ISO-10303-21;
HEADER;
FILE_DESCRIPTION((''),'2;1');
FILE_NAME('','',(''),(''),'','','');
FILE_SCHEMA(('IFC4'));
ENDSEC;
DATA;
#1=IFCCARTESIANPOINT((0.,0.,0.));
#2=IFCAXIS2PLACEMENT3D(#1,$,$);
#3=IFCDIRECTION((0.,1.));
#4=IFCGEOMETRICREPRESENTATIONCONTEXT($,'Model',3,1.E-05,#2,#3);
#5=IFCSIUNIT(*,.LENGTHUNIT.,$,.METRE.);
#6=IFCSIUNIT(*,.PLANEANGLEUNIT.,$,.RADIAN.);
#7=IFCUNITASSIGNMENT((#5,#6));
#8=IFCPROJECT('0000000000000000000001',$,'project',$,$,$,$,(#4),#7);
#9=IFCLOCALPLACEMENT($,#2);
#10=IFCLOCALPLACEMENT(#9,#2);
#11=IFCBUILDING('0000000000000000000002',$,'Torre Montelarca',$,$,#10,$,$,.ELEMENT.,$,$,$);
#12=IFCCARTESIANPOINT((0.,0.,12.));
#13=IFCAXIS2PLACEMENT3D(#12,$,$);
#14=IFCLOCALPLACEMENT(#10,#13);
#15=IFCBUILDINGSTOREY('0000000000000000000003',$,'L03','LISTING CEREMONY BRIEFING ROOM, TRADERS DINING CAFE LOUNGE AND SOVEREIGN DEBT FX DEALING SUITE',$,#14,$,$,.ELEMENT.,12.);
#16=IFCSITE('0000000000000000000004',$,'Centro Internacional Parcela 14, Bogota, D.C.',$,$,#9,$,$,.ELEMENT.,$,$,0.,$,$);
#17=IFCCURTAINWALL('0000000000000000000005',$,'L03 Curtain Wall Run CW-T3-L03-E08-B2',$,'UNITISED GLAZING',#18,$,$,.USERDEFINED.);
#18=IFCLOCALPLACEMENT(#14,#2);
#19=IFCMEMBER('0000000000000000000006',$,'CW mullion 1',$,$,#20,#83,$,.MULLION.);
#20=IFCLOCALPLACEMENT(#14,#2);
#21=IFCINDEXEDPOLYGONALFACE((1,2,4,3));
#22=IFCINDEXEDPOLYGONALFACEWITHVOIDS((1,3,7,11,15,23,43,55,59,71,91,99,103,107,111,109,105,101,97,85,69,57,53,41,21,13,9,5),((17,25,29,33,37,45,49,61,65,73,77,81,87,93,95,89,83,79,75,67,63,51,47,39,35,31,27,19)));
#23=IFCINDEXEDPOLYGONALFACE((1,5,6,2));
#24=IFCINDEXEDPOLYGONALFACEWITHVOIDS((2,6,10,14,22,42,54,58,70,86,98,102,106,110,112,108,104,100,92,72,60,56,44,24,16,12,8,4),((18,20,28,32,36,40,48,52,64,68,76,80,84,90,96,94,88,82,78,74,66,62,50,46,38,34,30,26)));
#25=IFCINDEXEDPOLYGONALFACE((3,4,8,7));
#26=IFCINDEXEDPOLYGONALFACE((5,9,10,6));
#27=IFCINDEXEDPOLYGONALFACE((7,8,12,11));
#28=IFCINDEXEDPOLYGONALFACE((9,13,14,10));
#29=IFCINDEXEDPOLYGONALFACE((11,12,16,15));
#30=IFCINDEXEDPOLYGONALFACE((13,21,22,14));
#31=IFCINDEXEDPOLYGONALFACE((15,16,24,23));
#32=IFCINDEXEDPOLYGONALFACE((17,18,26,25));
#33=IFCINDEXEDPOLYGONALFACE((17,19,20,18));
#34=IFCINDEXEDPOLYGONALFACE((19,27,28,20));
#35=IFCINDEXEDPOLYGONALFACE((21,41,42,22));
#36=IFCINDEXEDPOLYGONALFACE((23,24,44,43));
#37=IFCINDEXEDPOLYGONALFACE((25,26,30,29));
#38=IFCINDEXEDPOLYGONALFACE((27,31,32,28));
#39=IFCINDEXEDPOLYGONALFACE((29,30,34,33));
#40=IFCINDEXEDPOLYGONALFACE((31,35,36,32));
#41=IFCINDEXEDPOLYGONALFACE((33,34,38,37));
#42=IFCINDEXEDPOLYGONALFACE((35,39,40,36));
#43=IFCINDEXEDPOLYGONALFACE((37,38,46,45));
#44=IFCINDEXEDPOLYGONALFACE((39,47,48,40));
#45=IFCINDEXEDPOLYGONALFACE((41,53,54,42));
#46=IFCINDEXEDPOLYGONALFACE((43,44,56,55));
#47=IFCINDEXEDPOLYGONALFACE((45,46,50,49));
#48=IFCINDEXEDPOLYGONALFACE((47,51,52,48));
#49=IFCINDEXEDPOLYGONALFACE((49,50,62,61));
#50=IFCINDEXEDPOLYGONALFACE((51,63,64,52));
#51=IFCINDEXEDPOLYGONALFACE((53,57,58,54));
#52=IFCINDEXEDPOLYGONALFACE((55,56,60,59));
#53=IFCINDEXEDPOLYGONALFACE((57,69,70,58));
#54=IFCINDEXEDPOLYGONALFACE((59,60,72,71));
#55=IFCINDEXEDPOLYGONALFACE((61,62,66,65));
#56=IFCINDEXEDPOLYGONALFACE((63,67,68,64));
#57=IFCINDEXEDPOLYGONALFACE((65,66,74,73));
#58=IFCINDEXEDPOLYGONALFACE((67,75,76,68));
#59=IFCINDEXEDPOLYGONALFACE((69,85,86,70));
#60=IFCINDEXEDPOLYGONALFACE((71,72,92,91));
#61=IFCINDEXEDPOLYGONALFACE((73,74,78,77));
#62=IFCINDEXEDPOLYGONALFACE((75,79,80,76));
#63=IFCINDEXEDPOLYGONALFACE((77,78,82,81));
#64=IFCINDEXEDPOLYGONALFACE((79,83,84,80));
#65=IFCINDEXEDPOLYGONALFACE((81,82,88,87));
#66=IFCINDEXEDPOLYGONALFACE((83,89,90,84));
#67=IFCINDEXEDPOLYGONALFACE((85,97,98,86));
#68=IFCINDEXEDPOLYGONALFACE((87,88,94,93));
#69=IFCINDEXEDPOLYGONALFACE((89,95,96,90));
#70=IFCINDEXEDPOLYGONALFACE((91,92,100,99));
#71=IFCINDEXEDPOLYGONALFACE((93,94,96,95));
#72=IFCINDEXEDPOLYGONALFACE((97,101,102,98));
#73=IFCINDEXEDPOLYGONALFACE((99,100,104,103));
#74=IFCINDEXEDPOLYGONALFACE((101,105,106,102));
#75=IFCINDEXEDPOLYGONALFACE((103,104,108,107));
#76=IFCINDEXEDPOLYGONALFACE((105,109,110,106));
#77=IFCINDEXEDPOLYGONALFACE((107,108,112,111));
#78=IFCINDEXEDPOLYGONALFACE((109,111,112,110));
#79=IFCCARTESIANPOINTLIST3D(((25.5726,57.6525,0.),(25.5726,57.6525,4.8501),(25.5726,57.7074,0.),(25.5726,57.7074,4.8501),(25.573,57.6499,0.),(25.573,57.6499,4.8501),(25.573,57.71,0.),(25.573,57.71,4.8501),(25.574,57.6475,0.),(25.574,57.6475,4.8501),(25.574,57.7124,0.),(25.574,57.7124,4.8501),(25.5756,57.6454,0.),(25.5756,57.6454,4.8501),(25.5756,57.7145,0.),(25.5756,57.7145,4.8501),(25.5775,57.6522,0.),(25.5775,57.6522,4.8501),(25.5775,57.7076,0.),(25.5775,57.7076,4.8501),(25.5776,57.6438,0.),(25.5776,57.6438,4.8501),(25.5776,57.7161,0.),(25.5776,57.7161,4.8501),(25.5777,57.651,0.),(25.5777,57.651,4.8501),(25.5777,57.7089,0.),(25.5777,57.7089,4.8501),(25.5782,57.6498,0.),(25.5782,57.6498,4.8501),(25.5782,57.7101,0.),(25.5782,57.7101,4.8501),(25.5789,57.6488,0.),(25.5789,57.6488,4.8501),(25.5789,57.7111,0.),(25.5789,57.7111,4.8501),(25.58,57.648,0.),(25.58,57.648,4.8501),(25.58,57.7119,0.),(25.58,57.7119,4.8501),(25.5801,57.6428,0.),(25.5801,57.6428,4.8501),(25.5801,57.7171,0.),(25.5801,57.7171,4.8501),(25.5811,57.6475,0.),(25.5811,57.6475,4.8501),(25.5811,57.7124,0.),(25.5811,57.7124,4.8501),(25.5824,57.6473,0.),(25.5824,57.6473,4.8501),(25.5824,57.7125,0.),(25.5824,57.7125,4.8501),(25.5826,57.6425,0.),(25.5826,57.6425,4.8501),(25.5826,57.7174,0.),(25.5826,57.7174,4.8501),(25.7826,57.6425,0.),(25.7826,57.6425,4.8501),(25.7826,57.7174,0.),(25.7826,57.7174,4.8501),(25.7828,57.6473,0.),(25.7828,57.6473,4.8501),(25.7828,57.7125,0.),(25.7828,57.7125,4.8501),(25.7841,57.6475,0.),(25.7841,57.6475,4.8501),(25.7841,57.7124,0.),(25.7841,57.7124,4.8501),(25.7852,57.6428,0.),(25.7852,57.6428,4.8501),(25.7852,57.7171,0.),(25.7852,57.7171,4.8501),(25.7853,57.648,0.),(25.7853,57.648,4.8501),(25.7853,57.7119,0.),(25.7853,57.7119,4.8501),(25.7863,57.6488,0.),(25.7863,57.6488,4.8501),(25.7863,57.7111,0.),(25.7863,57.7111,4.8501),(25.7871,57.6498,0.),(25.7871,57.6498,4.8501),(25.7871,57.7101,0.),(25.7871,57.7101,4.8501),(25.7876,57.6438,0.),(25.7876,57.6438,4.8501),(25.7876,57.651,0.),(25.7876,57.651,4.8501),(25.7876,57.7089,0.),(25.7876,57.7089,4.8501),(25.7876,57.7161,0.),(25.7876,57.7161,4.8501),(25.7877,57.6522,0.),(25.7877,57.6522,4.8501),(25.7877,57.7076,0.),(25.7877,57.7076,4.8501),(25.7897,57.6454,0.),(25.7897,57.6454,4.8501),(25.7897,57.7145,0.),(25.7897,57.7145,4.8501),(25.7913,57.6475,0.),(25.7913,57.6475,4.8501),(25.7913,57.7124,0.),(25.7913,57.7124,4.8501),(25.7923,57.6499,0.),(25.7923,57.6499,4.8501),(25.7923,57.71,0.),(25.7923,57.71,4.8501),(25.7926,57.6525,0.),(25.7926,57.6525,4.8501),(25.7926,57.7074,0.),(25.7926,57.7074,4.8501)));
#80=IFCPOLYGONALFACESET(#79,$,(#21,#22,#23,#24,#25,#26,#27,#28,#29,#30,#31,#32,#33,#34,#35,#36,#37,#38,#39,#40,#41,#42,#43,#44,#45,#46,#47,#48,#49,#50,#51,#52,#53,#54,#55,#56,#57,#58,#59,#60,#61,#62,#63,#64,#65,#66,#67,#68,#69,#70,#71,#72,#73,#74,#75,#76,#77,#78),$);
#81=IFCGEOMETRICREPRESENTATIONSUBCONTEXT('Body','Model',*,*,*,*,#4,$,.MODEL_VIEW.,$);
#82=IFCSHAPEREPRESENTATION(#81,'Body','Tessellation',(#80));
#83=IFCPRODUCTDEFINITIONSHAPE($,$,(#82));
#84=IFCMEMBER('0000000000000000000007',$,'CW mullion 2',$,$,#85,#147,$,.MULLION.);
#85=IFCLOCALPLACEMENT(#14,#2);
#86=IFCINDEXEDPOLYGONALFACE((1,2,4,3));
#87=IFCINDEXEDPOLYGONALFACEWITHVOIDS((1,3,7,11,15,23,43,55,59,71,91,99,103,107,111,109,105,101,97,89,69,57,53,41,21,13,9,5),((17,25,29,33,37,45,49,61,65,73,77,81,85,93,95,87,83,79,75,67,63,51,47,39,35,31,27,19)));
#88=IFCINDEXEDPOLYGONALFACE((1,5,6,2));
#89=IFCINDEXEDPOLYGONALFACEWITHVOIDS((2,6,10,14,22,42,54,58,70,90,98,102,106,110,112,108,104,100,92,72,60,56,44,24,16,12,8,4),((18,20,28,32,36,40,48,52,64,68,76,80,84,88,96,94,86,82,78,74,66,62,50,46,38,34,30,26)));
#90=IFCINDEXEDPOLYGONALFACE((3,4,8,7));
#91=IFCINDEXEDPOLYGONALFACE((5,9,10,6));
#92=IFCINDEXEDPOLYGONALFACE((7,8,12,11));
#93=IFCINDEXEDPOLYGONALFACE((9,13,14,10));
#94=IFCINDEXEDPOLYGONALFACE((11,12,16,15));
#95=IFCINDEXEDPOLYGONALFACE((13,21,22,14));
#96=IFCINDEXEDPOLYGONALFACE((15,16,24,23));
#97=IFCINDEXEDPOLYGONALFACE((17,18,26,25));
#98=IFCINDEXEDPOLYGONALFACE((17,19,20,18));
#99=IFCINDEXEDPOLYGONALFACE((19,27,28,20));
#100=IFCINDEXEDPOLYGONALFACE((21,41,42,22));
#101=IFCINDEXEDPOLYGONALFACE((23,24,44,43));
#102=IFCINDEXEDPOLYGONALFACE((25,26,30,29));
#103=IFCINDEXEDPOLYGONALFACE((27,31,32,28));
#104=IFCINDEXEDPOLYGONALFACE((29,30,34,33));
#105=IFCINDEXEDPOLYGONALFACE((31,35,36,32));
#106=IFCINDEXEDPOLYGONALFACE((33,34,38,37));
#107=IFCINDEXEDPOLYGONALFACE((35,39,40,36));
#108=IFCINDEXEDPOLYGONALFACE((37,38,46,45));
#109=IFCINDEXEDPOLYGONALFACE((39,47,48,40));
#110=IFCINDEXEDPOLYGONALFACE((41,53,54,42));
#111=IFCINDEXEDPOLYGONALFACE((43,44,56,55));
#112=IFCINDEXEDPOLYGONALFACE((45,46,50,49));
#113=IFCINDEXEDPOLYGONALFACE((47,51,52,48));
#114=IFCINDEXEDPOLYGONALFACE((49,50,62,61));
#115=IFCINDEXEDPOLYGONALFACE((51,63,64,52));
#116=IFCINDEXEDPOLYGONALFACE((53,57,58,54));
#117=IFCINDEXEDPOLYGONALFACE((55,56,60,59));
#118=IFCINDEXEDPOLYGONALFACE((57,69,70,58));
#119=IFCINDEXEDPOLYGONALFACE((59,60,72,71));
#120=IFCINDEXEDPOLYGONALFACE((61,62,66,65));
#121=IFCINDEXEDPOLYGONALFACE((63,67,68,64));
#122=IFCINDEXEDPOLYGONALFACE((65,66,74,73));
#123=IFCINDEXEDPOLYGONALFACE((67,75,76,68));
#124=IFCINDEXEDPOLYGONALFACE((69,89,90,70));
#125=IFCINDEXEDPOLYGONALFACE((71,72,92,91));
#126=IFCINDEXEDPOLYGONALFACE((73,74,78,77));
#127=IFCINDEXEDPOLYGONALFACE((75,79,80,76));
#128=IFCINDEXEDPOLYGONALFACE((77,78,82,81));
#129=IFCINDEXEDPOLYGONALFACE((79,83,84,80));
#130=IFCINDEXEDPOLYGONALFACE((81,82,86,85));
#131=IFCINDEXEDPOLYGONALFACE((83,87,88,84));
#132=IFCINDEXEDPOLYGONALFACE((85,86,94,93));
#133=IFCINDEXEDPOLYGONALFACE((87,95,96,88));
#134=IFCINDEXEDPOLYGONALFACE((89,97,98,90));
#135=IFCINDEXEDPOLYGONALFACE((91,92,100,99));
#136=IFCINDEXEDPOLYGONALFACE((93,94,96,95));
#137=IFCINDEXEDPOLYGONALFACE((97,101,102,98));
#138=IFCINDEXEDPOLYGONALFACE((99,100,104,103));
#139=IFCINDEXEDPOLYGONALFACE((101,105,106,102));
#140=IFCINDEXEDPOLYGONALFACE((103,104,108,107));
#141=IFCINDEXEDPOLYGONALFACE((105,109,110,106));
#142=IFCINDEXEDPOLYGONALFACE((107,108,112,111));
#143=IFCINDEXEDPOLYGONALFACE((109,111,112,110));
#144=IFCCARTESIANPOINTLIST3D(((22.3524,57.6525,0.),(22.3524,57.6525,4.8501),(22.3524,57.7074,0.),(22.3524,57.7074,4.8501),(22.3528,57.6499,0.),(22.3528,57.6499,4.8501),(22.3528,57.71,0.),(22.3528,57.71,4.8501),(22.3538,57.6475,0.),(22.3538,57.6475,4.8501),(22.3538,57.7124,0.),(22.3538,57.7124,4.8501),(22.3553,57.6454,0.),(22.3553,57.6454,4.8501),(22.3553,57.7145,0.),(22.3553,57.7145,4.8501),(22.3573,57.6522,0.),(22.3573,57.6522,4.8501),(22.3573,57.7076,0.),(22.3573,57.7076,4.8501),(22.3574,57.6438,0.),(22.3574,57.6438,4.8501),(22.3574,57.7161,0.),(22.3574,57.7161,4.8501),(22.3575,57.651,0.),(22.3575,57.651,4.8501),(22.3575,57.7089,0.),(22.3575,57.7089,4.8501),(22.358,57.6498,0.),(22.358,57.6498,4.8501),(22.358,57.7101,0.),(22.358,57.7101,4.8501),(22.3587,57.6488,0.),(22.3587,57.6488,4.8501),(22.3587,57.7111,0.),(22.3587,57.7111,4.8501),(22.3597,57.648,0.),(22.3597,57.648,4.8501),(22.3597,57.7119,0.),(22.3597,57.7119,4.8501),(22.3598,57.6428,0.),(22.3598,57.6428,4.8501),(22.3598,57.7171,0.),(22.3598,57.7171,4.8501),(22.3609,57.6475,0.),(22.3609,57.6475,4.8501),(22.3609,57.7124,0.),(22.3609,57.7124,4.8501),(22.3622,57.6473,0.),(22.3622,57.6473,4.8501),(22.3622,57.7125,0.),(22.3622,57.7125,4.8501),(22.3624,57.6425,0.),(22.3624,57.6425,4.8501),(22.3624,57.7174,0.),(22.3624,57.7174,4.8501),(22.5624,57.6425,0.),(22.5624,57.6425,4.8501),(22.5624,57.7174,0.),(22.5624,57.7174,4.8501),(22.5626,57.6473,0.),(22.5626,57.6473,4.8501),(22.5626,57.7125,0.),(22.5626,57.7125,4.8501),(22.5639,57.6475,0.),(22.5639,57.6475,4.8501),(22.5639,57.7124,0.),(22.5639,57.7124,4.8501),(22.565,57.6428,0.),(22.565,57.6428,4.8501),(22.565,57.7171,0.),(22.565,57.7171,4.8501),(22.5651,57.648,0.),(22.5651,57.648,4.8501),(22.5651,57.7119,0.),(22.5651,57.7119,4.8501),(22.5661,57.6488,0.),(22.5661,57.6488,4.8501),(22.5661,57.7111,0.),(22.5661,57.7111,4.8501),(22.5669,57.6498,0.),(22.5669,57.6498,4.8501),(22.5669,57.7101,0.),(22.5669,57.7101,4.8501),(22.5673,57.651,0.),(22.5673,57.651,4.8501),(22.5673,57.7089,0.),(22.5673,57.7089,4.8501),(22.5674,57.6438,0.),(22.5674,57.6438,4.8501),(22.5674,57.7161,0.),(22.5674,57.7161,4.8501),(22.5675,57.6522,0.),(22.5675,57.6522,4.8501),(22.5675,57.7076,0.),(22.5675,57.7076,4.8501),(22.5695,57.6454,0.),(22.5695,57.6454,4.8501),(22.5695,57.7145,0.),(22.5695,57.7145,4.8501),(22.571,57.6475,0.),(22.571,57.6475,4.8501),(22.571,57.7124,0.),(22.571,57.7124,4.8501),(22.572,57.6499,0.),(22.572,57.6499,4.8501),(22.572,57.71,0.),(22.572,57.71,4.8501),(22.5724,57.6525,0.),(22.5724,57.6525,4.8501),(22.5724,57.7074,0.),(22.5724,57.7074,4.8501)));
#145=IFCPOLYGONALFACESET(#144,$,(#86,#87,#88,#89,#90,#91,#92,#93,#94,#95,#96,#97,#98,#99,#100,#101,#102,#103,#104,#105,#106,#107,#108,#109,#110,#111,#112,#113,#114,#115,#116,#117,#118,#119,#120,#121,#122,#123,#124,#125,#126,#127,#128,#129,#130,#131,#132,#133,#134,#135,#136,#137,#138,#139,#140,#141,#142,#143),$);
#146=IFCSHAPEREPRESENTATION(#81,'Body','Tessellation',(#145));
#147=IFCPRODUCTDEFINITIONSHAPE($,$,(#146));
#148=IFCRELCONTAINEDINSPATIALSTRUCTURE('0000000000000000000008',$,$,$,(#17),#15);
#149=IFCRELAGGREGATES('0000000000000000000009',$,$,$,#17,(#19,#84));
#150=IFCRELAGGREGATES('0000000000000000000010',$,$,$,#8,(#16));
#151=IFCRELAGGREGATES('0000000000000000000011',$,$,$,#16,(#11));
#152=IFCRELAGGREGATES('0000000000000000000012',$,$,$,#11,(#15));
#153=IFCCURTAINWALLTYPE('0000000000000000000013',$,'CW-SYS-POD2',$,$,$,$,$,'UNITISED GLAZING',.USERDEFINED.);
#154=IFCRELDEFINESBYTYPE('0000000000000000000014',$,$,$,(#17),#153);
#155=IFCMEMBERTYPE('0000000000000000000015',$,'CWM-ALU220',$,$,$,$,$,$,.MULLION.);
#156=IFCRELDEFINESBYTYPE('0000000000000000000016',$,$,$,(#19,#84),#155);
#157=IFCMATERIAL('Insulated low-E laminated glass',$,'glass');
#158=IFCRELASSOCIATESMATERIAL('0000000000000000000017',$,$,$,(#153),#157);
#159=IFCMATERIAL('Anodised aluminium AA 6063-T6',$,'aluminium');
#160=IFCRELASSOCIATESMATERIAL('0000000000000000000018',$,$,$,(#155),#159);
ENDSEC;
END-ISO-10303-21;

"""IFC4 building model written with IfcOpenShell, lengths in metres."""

from ifc_helpers import new_model, si_unit, direction, frame, origin, origin_2d, place, context, subcontext, project, spatial, hollow_rectangle, extrude, source, transform, mapped, material, material_profile, profile_set, type_object, element, aggregate, save


model = new_model("IFC4")

# Units and contexts
model_context = context("Model", 3, precision=1e-05, world=origin(), true_north=direction((0.0, 1.0)))
body_context = subcontext(model_context, "Body", "Model", "MODEL_VIEW")
ifc_project = project(units=[si_unit("LENGTHUNIT", "METRE"), si_unit("PLANEANGLEUNIT", "RADIAN")], contexts=[model_context])

# Site, building, storey
site_placement = place(None, origin())
site = spatial("IfcSite", under=ifc_project, at=site_placement, Name="Centro Internacional Parcela 14, Bogota, D.C.", CompositionType="ELEMENT", RefElevation=0.0)
building_placement = place(site_placement, origin())
building = spatial("IfcBuilding", under=site, at=building_placement, Name="Torre Montelarca", CompositionType="ELEMENT")
storey_placement = place(building_placement, frame((0.0, 0.0, 12.0)))
storey = spatial("IfcBuildingStorey", under=building, at=storey_placement, Name="L03", Description="LISTING CEREMONY BRIEFING ROOM, TRADERS DINING CAFE LOUNGE AND SOVEREIGN DEBT FX DEALING SUITE", CompositionType="ELEMENT", Elevation=12.0)

# Curtain wall, members
ifc_material_1 = material(Name="Insulated low-E laminated glass", Category="glass")
curtain_wall_type = type_object("IfcCurtainWallType", Name="CW-SYS-POD2", ElementType="UNITISED GLAZING", PredefinedType="USERDEFINED", material=ifc_material_1)
ifc_material_2 = material(Name="Anodised aluminium AA 6063-T6", Category="aluminium")
curtain_wall_1_placement = place(storey_placement, origin())
curtain_wall_1 = element("IfcCurtainWall", 1, at=curtain_wall_1_placement, inside=storey, type_object=curtain_wall_type, Name="L03 Curtain Wall Run CW-T3-L03-E08-B2", ObjectType="UNITISED GLAZING", PredefinedType="USERDEFINED")
ifc_material_profile_1 = material_profile(ifc_material_2, hollow_rectangle(XDim=0.075, YDim=0.22, WallThickness=0.0049, InnerFilletRadius=0.0049, OuterFilletRadius=0.01, at=origin_2d()), Name="ALU75X220X5", Category="aluminium")
ifc_profile_set_1 = profile_set([ifc_material_profile_1], Name="Anodised aluminium AA 6063-T6")
member_type_1 = type_object("IfcMemberType", Name="CWM-ALU220", PredefinedType="MULLION", material=ifc_profile_set_1)
shared_shape_1 = source(origin(), body_context, "Body", "SweptSolid", [
    extrude(hollow_rectangle(XDim=0.075, YDim=0.22, WallThickness=0.0049, InnerFilletRadius=0.0049, OuterFilletRadius=0.01, at=origin_2d()), origin(), (0.0, 0.0, 1.0), 4.8501),
])
member_1_placement = place(storey_placement, frame((25.6826, 57.6799, 0.0), z_axis=(0.0, 0.0, 1.0), x_axis=(0.0, -1.0, 0.0)))
member_1 = element("IfcMember", 2, at=member_1_placement, type_object=member_type_1, Name="CW mullion 1", PredefinedType="MULLION", context=body_context, shape_type="MappedRepresentation", body=[
    mapped(shared_shape_1, transform((0.0, 0.0, 0.0), scale=1.0)),
])
member_2_placement = place(storey_placement, frame((22.4624, 57.6799, 0.0), z_axis=(0.0, 0.0, 1.0), x_axis=(0.0, -1.0, 0.0)))
member_2 = element("IfcMember", 3, at=member_2_placement, type_object=member_type_1, Name="CW mullion 2", PredefinedType="MULLION", context=body_context, shape_type="MappedRepresentation", body=[
    mapped(shared_shape_1, transform((0.0, 0.0, 0.0), scale=1.0)),
])

aggregate(curtain_wall_1, [member_1, member_2])

save(model, "model.ifc")
